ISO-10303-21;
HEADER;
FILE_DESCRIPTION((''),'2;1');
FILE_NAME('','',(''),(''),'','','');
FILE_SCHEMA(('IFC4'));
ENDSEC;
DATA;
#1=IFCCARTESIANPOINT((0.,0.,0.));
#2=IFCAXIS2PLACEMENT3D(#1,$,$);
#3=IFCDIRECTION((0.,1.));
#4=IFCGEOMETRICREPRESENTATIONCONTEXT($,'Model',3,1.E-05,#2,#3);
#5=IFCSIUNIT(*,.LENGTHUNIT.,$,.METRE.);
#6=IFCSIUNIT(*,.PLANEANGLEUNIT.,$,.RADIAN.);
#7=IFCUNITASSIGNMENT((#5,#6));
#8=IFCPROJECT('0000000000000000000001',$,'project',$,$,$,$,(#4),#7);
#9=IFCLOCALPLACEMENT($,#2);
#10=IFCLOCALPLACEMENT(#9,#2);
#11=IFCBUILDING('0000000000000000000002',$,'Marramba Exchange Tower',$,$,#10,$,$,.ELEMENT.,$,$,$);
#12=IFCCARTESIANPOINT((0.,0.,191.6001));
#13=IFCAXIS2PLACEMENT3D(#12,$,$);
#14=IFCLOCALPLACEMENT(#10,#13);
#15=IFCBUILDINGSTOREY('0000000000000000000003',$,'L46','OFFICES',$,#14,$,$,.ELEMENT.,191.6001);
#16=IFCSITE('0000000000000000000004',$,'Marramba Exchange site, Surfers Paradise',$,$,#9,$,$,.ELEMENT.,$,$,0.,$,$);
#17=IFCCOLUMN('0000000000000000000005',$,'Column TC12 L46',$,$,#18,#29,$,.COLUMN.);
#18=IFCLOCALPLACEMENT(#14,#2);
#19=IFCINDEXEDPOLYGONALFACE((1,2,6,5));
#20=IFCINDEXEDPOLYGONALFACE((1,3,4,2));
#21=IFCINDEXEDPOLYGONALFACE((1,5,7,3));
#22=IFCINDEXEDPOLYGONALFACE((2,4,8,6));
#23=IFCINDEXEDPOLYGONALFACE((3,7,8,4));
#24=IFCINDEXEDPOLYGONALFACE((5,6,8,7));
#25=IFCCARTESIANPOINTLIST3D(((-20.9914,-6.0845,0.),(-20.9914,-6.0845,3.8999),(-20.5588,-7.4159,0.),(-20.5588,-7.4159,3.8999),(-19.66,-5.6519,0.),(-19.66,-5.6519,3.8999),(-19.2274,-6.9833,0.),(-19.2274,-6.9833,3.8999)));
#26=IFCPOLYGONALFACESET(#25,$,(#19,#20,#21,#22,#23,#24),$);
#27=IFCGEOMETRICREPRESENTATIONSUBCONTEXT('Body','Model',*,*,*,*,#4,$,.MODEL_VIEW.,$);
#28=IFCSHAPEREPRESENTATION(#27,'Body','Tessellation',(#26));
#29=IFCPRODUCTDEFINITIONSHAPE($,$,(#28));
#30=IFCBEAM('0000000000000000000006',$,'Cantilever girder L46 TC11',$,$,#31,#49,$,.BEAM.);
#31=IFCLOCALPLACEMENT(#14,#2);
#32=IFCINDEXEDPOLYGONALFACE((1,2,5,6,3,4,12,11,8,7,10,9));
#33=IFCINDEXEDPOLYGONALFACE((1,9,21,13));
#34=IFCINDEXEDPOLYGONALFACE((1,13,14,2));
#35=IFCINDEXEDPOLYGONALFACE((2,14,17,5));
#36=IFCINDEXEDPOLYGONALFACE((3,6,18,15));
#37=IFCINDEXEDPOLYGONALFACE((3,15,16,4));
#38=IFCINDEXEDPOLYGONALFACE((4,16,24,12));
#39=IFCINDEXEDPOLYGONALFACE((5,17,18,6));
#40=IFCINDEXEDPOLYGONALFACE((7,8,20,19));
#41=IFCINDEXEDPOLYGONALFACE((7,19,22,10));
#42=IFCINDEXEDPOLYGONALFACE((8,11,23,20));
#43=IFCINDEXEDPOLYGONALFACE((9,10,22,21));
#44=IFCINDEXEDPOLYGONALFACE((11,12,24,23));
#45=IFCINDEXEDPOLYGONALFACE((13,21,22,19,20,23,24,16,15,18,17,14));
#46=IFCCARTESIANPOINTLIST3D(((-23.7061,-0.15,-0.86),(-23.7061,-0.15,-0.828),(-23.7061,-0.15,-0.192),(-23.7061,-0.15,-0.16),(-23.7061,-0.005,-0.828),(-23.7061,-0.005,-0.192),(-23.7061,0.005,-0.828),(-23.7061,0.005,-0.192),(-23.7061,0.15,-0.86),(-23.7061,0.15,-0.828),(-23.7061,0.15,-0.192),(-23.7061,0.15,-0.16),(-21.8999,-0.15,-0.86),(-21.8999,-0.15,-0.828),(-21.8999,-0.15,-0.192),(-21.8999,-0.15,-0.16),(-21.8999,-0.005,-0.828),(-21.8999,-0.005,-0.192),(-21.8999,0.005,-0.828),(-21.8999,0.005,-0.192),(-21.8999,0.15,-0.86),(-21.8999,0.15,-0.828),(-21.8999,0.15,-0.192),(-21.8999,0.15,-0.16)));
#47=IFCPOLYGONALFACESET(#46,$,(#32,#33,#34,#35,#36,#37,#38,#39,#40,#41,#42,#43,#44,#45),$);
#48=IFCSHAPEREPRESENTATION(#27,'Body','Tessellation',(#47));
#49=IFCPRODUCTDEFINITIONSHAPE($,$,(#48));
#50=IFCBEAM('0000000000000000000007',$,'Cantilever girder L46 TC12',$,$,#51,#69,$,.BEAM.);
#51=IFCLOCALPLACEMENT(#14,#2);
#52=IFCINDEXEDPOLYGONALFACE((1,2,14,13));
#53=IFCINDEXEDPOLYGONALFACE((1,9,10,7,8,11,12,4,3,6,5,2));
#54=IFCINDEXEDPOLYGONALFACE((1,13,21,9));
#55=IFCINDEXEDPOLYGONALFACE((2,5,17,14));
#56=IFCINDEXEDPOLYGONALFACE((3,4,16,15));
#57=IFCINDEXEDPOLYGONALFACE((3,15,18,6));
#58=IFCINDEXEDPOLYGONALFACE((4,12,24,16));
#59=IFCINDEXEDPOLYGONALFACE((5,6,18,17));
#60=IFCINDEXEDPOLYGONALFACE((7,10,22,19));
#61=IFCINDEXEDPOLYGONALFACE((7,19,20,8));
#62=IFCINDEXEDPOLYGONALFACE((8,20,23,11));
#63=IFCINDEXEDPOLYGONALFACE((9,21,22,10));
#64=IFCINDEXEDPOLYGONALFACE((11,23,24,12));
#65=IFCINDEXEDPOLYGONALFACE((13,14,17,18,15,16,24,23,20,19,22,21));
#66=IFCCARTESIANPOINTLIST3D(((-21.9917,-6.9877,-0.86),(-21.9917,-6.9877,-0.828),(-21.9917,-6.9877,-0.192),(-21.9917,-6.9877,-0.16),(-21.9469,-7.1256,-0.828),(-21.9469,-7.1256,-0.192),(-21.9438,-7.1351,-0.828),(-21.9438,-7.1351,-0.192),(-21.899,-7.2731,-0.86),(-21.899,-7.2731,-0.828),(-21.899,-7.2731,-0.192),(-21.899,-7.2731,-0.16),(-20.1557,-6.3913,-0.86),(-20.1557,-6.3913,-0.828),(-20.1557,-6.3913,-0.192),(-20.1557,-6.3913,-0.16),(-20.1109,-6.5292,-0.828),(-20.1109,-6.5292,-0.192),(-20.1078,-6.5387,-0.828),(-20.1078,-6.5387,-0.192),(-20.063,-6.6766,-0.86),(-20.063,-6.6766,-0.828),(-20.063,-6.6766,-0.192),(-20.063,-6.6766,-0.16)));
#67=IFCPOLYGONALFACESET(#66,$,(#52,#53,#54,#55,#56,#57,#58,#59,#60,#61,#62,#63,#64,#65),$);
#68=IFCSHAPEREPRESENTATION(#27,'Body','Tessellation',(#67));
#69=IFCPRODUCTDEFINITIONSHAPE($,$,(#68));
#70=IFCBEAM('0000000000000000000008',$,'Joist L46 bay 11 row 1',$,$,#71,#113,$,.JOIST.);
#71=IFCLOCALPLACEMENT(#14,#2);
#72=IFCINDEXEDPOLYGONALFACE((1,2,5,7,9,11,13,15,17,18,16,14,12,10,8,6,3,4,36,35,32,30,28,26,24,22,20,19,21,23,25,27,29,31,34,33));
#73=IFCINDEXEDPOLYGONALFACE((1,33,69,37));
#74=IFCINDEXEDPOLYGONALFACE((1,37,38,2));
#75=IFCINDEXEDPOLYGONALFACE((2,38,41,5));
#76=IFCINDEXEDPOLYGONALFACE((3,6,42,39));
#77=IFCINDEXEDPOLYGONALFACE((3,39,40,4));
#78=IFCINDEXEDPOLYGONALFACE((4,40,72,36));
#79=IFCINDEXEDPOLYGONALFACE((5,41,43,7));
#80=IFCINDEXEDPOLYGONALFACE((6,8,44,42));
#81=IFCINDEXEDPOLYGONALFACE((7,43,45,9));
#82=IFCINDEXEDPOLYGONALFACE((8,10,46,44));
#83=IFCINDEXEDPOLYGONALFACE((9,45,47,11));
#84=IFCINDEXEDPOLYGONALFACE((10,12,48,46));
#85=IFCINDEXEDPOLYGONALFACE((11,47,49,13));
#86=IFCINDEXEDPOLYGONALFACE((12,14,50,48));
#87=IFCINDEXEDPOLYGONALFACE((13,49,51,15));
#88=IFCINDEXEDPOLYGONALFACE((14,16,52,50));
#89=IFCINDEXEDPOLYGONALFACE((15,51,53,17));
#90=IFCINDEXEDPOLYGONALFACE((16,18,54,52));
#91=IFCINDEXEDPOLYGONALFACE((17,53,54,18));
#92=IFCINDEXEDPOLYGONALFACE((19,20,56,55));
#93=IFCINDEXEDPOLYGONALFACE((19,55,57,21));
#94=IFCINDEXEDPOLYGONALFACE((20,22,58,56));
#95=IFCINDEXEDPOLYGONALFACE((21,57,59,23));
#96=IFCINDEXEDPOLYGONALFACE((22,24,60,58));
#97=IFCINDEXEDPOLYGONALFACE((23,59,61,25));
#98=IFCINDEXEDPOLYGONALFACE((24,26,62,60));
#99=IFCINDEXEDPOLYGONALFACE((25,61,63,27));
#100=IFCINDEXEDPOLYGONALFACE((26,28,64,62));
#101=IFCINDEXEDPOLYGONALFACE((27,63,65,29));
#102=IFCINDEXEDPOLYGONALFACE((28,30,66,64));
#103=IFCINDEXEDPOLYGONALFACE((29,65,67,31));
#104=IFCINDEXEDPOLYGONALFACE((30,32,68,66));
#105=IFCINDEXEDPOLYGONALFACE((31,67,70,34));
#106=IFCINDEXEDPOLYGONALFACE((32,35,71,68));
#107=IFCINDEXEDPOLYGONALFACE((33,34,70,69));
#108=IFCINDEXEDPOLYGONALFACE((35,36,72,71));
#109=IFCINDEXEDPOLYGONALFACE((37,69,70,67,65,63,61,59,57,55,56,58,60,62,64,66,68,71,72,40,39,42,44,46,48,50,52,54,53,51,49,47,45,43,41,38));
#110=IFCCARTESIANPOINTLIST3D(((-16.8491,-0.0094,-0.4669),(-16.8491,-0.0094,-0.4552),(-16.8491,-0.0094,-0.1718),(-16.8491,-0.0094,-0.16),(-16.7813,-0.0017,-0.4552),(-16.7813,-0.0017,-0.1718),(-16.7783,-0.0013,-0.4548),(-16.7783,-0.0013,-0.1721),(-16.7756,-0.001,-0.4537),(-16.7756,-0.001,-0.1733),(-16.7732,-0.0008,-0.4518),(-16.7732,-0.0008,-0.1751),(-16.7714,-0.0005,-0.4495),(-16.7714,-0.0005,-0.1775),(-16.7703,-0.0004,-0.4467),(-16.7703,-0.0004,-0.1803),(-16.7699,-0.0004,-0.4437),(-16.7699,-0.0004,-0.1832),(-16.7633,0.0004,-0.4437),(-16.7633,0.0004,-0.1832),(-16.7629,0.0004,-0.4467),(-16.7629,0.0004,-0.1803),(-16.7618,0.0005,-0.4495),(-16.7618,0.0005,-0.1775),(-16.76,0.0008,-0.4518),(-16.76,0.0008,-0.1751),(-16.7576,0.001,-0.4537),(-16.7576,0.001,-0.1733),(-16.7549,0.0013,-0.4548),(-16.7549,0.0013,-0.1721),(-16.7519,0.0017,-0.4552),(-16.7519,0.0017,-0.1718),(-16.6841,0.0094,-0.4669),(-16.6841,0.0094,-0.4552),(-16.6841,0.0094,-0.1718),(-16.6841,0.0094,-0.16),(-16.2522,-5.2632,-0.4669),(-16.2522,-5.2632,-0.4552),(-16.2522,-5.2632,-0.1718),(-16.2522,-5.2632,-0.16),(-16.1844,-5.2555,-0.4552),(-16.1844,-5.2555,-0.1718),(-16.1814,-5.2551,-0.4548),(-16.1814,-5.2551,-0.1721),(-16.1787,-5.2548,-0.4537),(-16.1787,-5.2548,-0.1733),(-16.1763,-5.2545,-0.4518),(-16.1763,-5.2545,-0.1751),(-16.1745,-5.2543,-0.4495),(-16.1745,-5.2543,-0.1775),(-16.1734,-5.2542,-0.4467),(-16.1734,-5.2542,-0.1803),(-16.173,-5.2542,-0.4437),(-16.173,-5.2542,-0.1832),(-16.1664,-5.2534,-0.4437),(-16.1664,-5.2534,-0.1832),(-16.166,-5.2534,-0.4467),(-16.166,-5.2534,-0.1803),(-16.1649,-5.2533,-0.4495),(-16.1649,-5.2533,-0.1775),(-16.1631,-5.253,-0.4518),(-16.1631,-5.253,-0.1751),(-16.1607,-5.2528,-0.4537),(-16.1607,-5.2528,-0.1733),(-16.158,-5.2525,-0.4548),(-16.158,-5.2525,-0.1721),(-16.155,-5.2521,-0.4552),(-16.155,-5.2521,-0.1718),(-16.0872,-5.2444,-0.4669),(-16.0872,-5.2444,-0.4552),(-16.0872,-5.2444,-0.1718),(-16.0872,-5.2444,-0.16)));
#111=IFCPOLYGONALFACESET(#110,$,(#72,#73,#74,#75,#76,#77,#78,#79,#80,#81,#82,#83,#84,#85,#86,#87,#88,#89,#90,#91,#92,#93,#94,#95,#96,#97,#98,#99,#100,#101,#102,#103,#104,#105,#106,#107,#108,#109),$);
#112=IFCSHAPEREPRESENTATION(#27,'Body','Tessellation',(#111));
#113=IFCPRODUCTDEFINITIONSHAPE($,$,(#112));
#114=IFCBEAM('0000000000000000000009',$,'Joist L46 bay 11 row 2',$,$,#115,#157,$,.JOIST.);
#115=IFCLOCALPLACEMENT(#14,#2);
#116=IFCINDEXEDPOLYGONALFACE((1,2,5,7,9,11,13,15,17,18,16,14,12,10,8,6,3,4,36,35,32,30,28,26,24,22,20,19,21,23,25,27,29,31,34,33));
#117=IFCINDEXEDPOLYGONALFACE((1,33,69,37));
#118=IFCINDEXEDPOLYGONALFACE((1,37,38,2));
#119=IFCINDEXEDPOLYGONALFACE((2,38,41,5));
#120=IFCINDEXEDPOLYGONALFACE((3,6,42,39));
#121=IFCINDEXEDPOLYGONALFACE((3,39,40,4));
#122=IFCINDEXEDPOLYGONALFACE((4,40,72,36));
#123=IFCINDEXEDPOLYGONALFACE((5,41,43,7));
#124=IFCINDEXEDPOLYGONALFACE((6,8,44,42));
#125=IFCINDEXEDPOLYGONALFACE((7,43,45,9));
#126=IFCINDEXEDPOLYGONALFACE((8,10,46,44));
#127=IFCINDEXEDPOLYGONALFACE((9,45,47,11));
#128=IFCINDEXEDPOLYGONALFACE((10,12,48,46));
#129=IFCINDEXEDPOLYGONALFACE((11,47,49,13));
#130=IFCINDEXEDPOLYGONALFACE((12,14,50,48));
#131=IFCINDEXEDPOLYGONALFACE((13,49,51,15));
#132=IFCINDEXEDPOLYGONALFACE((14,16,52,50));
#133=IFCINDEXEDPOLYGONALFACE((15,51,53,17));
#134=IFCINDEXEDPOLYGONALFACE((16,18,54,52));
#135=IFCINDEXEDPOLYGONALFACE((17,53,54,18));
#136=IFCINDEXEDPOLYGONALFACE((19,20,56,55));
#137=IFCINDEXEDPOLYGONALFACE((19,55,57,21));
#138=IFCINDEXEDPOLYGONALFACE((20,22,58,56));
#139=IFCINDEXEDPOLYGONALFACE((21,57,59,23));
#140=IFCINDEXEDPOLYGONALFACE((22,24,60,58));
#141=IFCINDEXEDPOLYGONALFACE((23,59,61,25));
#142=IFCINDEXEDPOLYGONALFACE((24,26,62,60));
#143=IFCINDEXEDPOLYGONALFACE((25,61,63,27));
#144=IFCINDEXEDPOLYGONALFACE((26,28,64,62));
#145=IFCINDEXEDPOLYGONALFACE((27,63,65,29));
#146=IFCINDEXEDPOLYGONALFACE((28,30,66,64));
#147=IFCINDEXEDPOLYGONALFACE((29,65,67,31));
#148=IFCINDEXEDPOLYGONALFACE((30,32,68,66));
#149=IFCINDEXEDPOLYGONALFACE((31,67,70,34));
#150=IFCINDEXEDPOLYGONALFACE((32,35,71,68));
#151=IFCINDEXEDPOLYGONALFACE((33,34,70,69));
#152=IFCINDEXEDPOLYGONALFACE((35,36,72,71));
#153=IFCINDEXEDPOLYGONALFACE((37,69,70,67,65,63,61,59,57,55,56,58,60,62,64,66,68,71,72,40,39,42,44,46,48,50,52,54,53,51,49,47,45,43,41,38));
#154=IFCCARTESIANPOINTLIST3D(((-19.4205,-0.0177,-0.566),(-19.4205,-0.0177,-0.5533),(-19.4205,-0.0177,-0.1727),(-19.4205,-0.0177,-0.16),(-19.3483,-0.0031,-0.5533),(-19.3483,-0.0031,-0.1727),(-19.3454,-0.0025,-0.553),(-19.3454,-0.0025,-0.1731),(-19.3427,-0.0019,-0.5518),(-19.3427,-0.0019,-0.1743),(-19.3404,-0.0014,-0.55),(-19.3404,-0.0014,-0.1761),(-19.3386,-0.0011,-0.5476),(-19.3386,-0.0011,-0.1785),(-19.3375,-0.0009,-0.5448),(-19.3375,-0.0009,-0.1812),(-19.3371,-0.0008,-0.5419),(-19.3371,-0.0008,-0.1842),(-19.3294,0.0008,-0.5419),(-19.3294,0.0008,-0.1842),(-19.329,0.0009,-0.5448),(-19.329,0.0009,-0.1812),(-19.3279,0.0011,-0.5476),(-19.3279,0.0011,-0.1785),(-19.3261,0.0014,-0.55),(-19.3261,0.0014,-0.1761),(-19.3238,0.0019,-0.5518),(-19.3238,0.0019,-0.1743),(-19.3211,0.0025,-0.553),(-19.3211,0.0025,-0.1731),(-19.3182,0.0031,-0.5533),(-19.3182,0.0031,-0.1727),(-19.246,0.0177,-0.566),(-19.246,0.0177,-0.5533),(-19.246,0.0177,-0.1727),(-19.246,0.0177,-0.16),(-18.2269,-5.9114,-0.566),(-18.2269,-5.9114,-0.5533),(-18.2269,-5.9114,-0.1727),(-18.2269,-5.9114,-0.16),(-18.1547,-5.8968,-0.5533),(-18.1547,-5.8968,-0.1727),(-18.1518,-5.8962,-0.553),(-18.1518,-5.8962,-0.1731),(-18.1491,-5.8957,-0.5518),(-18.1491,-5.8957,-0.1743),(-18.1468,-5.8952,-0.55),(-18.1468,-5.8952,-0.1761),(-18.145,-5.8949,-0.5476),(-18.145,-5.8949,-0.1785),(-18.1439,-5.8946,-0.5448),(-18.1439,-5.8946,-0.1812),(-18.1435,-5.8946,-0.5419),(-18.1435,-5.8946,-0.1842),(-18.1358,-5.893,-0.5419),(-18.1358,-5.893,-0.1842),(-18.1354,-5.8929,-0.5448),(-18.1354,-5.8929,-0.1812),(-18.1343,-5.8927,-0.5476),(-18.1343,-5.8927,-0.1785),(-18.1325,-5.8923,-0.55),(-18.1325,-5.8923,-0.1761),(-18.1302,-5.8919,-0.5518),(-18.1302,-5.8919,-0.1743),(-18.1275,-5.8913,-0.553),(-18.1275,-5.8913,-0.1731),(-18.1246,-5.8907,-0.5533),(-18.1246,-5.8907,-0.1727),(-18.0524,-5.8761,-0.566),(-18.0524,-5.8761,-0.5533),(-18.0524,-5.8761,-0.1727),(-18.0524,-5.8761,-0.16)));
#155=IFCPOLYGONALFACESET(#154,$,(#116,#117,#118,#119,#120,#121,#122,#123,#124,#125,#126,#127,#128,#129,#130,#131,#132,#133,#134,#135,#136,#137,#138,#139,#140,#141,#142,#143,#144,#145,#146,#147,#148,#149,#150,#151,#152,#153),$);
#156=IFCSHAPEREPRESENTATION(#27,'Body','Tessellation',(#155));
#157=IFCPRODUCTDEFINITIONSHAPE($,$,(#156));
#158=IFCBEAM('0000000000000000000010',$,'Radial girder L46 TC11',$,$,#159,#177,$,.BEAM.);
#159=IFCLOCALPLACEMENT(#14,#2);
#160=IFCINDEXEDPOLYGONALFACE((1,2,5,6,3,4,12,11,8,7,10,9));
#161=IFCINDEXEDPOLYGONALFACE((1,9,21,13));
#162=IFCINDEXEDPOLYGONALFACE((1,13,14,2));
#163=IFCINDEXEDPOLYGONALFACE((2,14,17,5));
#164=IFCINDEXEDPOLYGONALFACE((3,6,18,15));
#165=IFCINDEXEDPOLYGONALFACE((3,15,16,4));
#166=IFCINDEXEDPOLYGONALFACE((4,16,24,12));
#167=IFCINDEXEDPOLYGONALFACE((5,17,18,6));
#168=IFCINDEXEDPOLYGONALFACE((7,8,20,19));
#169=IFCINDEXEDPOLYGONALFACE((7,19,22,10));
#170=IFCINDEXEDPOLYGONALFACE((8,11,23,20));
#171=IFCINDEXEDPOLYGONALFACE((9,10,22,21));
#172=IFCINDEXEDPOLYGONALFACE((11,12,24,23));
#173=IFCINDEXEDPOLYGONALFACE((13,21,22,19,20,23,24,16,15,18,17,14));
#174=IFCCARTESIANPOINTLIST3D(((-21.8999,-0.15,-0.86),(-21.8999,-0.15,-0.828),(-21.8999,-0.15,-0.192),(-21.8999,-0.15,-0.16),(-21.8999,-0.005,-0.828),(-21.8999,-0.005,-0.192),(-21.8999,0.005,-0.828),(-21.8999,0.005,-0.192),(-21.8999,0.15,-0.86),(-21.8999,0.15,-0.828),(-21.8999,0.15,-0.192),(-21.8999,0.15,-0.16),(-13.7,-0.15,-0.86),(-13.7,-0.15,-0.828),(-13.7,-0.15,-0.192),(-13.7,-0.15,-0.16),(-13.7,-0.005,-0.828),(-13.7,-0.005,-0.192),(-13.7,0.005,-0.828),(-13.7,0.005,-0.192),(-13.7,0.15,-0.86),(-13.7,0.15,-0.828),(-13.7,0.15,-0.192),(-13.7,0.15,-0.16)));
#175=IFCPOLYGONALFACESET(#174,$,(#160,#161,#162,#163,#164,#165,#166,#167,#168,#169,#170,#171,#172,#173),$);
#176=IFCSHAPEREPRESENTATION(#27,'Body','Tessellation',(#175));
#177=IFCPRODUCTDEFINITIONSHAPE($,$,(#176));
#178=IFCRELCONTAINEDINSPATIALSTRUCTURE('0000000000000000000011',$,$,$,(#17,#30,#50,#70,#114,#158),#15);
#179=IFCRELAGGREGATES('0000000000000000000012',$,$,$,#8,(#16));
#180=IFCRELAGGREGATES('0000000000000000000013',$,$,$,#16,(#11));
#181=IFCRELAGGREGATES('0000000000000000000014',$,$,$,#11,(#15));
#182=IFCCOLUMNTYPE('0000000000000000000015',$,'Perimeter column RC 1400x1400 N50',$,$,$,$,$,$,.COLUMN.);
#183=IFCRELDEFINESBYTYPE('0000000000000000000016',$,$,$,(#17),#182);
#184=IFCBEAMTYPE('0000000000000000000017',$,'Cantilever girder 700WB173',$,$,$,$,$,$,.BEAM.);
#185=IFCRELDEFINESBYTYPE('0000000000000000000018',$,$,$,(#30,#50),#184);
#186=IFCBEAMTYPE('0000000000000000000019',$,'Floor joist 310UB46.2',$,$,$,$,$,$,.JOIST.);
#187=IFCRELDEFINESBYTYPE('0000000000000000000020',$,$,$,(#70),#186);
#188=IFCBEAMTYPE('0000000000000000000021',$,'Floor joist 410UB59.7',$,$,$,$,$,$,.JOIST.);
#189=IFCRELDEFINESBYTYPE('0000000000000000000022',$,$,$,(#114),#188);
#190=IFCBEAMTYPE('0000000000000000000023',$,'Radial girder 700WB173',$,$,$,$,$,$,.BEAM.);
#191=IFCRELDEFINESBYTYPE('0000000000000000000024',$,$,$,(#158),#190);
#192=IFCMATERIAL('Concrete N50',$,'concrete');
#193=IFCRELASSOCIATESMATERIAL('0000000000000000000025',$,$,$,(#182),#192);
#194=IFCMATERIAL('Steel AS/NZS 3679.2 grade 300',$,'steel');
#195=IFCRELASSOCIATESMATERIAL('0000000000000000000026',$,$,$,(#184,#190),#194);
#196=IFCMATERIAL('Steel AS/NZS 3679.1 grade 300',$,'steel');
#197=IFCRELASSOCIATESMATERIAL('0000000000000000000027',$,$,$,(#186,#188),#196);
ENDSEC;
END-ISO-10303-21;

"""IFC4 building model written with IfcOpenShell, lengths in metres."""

from ifc_helpers import new_model, si_unit, direction, frame, origin, origin_2d, place, context, subcontext, project, spatial, rectangle, i_section, extrude, material, material_profile, profile_set, type_object, element, save


model = new_model("IFC4")

# Units and contexts
model_context = context("Model", 3, precision=1e-05, world=origin(), true_north=direction((0.0, 1.0)))
body_context = subcontext(model_context, "Body", "Model", "MODEL_VIEW")
ifc_project = project(units=[si_unit("LENGTHUNIT", "METRE"), si_unit("PLANEANGLEUNIT", "RADIAN")], contexts=[model_context])

# Site, building, storey
site_placement = place(None, origin())
site = spatial("IfcSite", under=ifc_project, at=site_placement, Name="Marramba Exchange site, Surfers Paradise", CompositionType="ELEMENT", RefElevation=0.0)
building_placement = place(site_placement, origin())
building = spatial("IfcBuilding", under=site, at=building_placement, Name="Marramba Exchange Tower", CompositionType="ELEMENT")
storey_placement = place(building_placement, frame((0.0, 0.0, 191.6001)))
storey = spatial("IfcBuildingStorey", under=building, at=storey_placement, Name="L46", Description="OFFICES", CompositionType="ELEMENT", Elevation=191.6001)

# Column
ifc_material_1 = material(Name="Concrete N50", Category="concrete")
ifc_material_profile_1 = material_profile(ifc_material_1, rectangle(XDim=1.3999, YDim=1.3999, at=origin_2d()), Name="RC 1400x1400")
ifc_profile_set_1 = profile_set([ifc_material_profile_1], Name="Concrete N50")
column_type = type_object("IfcColumnType", Name="Perimeter column RC 1400x1400 N50", PredefinedType="COLUMN", material=ifc_profile_set_1)
column_placement = place(storey_placement, frame((-20.1094, -6.5339, 0.0), z_axis=(0.0, 0.0, 1.0), x_axis=(-0.951057, -0.309017, 0.0)))
element("IfcColumn", 1, at=column_placement, inside=storey, type_object=column_type, Name="Column TC12 L46", PredefinedType="COLUMN", context=body_context, shape_type="SweptSolid", body=[
    extrude(rectangle(XDim=1.3999, YDim=1.3999, at=origin_2d()), origin(), (0.0, 0.0, 1.0), 3.8999),
])

# Beams
ifc_material_2 = material(Name="Steel AS/NZS 3679.2 grade 300", Category="steel")
ifc_material_profile_2 = material_profile(ifc_material_2, i_section(OverallWidth=0.3, OverallDepth=0.7, WebThickness=0.01, FlangeThickness=0.032, at=origin_2d()), Name="700WB173")
ifc_profile_set_2 = profile_set([ifc_material_profile_2], Name="Steel AS/NZS 3679.2 grade 300")
beam_type_1 = type_object("IfcBeamType", Name="Cantilever girder 700WB173", PredefinedType="BEAM", material=ifc_profile_set_2)
beam_1_placement = place(storey_placement, frame((-21.8999, 0.0, -0.51), z_axis=(-1.0, 0.0, 0.0), x_axis=(0.0, -1.0, 0.0)))
element("IfcBeam", 2, at=beam_1_placement, inside=storey, type_object=beam_type_1, Name="Cantilever girder L46 TC11", PredefinedType="BEAM", context=body_context, shape_type="SweptSolid", body=[
    extrude(i_section(OverallWidth=0.3, OverallDepth=0.7, WebThickness=0.01, FlangeThickness=0.032, at=origin_2d()), origin(), (0.0, 0.0, 1.0), 1.8062),
])
beam_2_placement = place(storey_placement, frame((-20.1094, -6.5339, -0.51), z_axis=(-0.951071, -0.308972, 0.0), x_axis=(0.308972, -0.951071, 0.0)))
element("IfcBeam", 3, at=beam_2_placement, inside=storey, type_object=beam_type_1, Name="Cantilever girder L46 TC12", PredefinedType="BEAM", context=body_context, shape_type="SweptSolid", body=[
    extrude(i_section(OverallWidth=0.3, OverallDepth=0.7, WebThickness=0.01, FlangeThickness=0.032, at=origin_2d()), origin(), (0.0, 0.0, 1.0), 1.9304),
])
ifc_material_3 = material(Name="Steel AS/NZS 3679.1 grade 300", Category="steel")
ifc_material_profile_3 = material_profile(ifc_material_3, i_section(OverallWidth=0.166, OverallDepth=0.3069, WebThickness=0.0066, FlangeThickness=0.0117, FilletRadius=0.0115, at=origin_2d()), Name="310UB46.2")
ifc_profile_set_3 = profile_set([ifc_material_profile_3], Name="Steel AS/NZS 3679.1 grade 300")
beam_type_2 = type_object("IfcBeamType", Name="Floor joist 310UB46.2", PredefinedType="JOIST", material=ifc_profile_set_3)
beam_3_placement = place(storey_placement, frame((-16.7666, 0.0, -0.3135), z_axis=(0.112889, -0.993608, 0.0), x_axis=(0.993608, 0.112889, 0.0)))
element("IfcBeam", 4, at=beam_3_placement, inside=storey, type_object=beam_type_2, Name="Joist L46 bay 11 row 1", PredefinedType="JOIST", context=body_context, shape_type="SweptSolid", body=[
    extrude(i_section(OverallWidth=0.166, OverallDepth=0.3069, WebThickness=0.0066, FlangeThickness=0.0117, FilletRadius=0.0115, at=origin_2d()), origin(), (0.0, 0.0, 1.0), 5.2876),
])
ifc_material_profile_4 = material_profile(ifc_material_3, i_section(OverallWidth=0.178, OverallDepth=0.406, WebThickness=0.0078, FlangeThickness=0.0127, FilletRadius=0.0115, at=origin_2d()), Name="410UB59.7")
ifc_profile_set_4 = profile_set([ifc_material_profile_4], Name="Steel AS/NZS 3679.1 grade 300")
beam_type_3 = type_object("IfcBeamType", Name="Floor joist 410UB59.7", PredefinedType="JOIST", material=ifc_profile_set_4)
beam_4_placement = place(storey_placement, frame((-19.3333, 0.0, -0.363), z_axis=(0.198489, -0.980103, 0.0), x_axis=(0.980103, 0.198489, 0.0)))
element("IfcBeam", 5, at=beam_4_placement, inside=storey, type_object=beam_type_3, Name="Joist L46 bay 11 row 2", PredefinedType="JOIST", context=body_context, shape_type="SweptSolid", body=[
    extrude(i_section(OverallWidth=0.178, OverallDepth=0.406, WebThickness=0.0078, FlangeThickness=0.0127, FilletRadius=0.0115, at=origin_2d()), origin(), (0.0, 0.0, 1.0), 6.0134),
])
ifc_material_profile_5 = material_profile(ifc_material_2, i_section(OverallWidth=0.3, OverallDepth=0.7, WebThickness=0.01, FlangeThickness=0.032, at=origin_2d()), Name="700WB173")
ifc_profile_set_5 = profile_set([ifc_material_profile_5], Name="Steel AS/NZS 3679.2 grade 300")
beam_type_4 = type_object("IfcBeamType", Name="Radial girder 700WB173", PredefinedType="BEAM", material=ifc_profile_set_5)
beam_5_placement = place(storey_placement, frame((-13.7, 0.0, -0.51), z_axis=(-1.0, 0.0, 0.0), x_axis=(0.0, -1.0, 0.0)))
element("IfcBeam", 6, at=beam_5_placement, inside=storey, type_object=beam_type_4, Name="Radial girder L46 TC11", PredefinedType="BEAM", context=body_context, shape_type="SweptSolid", body=[
    extrude(i_section(OverallWidth=0.3, OverallDepth=0.7, WebThickness=0.01, FlangeThickness=0.032, at=origin_2d()), origin(), (0.0, 0.0, 1.0), 8.2),
])

save(model, "model.ifc")
